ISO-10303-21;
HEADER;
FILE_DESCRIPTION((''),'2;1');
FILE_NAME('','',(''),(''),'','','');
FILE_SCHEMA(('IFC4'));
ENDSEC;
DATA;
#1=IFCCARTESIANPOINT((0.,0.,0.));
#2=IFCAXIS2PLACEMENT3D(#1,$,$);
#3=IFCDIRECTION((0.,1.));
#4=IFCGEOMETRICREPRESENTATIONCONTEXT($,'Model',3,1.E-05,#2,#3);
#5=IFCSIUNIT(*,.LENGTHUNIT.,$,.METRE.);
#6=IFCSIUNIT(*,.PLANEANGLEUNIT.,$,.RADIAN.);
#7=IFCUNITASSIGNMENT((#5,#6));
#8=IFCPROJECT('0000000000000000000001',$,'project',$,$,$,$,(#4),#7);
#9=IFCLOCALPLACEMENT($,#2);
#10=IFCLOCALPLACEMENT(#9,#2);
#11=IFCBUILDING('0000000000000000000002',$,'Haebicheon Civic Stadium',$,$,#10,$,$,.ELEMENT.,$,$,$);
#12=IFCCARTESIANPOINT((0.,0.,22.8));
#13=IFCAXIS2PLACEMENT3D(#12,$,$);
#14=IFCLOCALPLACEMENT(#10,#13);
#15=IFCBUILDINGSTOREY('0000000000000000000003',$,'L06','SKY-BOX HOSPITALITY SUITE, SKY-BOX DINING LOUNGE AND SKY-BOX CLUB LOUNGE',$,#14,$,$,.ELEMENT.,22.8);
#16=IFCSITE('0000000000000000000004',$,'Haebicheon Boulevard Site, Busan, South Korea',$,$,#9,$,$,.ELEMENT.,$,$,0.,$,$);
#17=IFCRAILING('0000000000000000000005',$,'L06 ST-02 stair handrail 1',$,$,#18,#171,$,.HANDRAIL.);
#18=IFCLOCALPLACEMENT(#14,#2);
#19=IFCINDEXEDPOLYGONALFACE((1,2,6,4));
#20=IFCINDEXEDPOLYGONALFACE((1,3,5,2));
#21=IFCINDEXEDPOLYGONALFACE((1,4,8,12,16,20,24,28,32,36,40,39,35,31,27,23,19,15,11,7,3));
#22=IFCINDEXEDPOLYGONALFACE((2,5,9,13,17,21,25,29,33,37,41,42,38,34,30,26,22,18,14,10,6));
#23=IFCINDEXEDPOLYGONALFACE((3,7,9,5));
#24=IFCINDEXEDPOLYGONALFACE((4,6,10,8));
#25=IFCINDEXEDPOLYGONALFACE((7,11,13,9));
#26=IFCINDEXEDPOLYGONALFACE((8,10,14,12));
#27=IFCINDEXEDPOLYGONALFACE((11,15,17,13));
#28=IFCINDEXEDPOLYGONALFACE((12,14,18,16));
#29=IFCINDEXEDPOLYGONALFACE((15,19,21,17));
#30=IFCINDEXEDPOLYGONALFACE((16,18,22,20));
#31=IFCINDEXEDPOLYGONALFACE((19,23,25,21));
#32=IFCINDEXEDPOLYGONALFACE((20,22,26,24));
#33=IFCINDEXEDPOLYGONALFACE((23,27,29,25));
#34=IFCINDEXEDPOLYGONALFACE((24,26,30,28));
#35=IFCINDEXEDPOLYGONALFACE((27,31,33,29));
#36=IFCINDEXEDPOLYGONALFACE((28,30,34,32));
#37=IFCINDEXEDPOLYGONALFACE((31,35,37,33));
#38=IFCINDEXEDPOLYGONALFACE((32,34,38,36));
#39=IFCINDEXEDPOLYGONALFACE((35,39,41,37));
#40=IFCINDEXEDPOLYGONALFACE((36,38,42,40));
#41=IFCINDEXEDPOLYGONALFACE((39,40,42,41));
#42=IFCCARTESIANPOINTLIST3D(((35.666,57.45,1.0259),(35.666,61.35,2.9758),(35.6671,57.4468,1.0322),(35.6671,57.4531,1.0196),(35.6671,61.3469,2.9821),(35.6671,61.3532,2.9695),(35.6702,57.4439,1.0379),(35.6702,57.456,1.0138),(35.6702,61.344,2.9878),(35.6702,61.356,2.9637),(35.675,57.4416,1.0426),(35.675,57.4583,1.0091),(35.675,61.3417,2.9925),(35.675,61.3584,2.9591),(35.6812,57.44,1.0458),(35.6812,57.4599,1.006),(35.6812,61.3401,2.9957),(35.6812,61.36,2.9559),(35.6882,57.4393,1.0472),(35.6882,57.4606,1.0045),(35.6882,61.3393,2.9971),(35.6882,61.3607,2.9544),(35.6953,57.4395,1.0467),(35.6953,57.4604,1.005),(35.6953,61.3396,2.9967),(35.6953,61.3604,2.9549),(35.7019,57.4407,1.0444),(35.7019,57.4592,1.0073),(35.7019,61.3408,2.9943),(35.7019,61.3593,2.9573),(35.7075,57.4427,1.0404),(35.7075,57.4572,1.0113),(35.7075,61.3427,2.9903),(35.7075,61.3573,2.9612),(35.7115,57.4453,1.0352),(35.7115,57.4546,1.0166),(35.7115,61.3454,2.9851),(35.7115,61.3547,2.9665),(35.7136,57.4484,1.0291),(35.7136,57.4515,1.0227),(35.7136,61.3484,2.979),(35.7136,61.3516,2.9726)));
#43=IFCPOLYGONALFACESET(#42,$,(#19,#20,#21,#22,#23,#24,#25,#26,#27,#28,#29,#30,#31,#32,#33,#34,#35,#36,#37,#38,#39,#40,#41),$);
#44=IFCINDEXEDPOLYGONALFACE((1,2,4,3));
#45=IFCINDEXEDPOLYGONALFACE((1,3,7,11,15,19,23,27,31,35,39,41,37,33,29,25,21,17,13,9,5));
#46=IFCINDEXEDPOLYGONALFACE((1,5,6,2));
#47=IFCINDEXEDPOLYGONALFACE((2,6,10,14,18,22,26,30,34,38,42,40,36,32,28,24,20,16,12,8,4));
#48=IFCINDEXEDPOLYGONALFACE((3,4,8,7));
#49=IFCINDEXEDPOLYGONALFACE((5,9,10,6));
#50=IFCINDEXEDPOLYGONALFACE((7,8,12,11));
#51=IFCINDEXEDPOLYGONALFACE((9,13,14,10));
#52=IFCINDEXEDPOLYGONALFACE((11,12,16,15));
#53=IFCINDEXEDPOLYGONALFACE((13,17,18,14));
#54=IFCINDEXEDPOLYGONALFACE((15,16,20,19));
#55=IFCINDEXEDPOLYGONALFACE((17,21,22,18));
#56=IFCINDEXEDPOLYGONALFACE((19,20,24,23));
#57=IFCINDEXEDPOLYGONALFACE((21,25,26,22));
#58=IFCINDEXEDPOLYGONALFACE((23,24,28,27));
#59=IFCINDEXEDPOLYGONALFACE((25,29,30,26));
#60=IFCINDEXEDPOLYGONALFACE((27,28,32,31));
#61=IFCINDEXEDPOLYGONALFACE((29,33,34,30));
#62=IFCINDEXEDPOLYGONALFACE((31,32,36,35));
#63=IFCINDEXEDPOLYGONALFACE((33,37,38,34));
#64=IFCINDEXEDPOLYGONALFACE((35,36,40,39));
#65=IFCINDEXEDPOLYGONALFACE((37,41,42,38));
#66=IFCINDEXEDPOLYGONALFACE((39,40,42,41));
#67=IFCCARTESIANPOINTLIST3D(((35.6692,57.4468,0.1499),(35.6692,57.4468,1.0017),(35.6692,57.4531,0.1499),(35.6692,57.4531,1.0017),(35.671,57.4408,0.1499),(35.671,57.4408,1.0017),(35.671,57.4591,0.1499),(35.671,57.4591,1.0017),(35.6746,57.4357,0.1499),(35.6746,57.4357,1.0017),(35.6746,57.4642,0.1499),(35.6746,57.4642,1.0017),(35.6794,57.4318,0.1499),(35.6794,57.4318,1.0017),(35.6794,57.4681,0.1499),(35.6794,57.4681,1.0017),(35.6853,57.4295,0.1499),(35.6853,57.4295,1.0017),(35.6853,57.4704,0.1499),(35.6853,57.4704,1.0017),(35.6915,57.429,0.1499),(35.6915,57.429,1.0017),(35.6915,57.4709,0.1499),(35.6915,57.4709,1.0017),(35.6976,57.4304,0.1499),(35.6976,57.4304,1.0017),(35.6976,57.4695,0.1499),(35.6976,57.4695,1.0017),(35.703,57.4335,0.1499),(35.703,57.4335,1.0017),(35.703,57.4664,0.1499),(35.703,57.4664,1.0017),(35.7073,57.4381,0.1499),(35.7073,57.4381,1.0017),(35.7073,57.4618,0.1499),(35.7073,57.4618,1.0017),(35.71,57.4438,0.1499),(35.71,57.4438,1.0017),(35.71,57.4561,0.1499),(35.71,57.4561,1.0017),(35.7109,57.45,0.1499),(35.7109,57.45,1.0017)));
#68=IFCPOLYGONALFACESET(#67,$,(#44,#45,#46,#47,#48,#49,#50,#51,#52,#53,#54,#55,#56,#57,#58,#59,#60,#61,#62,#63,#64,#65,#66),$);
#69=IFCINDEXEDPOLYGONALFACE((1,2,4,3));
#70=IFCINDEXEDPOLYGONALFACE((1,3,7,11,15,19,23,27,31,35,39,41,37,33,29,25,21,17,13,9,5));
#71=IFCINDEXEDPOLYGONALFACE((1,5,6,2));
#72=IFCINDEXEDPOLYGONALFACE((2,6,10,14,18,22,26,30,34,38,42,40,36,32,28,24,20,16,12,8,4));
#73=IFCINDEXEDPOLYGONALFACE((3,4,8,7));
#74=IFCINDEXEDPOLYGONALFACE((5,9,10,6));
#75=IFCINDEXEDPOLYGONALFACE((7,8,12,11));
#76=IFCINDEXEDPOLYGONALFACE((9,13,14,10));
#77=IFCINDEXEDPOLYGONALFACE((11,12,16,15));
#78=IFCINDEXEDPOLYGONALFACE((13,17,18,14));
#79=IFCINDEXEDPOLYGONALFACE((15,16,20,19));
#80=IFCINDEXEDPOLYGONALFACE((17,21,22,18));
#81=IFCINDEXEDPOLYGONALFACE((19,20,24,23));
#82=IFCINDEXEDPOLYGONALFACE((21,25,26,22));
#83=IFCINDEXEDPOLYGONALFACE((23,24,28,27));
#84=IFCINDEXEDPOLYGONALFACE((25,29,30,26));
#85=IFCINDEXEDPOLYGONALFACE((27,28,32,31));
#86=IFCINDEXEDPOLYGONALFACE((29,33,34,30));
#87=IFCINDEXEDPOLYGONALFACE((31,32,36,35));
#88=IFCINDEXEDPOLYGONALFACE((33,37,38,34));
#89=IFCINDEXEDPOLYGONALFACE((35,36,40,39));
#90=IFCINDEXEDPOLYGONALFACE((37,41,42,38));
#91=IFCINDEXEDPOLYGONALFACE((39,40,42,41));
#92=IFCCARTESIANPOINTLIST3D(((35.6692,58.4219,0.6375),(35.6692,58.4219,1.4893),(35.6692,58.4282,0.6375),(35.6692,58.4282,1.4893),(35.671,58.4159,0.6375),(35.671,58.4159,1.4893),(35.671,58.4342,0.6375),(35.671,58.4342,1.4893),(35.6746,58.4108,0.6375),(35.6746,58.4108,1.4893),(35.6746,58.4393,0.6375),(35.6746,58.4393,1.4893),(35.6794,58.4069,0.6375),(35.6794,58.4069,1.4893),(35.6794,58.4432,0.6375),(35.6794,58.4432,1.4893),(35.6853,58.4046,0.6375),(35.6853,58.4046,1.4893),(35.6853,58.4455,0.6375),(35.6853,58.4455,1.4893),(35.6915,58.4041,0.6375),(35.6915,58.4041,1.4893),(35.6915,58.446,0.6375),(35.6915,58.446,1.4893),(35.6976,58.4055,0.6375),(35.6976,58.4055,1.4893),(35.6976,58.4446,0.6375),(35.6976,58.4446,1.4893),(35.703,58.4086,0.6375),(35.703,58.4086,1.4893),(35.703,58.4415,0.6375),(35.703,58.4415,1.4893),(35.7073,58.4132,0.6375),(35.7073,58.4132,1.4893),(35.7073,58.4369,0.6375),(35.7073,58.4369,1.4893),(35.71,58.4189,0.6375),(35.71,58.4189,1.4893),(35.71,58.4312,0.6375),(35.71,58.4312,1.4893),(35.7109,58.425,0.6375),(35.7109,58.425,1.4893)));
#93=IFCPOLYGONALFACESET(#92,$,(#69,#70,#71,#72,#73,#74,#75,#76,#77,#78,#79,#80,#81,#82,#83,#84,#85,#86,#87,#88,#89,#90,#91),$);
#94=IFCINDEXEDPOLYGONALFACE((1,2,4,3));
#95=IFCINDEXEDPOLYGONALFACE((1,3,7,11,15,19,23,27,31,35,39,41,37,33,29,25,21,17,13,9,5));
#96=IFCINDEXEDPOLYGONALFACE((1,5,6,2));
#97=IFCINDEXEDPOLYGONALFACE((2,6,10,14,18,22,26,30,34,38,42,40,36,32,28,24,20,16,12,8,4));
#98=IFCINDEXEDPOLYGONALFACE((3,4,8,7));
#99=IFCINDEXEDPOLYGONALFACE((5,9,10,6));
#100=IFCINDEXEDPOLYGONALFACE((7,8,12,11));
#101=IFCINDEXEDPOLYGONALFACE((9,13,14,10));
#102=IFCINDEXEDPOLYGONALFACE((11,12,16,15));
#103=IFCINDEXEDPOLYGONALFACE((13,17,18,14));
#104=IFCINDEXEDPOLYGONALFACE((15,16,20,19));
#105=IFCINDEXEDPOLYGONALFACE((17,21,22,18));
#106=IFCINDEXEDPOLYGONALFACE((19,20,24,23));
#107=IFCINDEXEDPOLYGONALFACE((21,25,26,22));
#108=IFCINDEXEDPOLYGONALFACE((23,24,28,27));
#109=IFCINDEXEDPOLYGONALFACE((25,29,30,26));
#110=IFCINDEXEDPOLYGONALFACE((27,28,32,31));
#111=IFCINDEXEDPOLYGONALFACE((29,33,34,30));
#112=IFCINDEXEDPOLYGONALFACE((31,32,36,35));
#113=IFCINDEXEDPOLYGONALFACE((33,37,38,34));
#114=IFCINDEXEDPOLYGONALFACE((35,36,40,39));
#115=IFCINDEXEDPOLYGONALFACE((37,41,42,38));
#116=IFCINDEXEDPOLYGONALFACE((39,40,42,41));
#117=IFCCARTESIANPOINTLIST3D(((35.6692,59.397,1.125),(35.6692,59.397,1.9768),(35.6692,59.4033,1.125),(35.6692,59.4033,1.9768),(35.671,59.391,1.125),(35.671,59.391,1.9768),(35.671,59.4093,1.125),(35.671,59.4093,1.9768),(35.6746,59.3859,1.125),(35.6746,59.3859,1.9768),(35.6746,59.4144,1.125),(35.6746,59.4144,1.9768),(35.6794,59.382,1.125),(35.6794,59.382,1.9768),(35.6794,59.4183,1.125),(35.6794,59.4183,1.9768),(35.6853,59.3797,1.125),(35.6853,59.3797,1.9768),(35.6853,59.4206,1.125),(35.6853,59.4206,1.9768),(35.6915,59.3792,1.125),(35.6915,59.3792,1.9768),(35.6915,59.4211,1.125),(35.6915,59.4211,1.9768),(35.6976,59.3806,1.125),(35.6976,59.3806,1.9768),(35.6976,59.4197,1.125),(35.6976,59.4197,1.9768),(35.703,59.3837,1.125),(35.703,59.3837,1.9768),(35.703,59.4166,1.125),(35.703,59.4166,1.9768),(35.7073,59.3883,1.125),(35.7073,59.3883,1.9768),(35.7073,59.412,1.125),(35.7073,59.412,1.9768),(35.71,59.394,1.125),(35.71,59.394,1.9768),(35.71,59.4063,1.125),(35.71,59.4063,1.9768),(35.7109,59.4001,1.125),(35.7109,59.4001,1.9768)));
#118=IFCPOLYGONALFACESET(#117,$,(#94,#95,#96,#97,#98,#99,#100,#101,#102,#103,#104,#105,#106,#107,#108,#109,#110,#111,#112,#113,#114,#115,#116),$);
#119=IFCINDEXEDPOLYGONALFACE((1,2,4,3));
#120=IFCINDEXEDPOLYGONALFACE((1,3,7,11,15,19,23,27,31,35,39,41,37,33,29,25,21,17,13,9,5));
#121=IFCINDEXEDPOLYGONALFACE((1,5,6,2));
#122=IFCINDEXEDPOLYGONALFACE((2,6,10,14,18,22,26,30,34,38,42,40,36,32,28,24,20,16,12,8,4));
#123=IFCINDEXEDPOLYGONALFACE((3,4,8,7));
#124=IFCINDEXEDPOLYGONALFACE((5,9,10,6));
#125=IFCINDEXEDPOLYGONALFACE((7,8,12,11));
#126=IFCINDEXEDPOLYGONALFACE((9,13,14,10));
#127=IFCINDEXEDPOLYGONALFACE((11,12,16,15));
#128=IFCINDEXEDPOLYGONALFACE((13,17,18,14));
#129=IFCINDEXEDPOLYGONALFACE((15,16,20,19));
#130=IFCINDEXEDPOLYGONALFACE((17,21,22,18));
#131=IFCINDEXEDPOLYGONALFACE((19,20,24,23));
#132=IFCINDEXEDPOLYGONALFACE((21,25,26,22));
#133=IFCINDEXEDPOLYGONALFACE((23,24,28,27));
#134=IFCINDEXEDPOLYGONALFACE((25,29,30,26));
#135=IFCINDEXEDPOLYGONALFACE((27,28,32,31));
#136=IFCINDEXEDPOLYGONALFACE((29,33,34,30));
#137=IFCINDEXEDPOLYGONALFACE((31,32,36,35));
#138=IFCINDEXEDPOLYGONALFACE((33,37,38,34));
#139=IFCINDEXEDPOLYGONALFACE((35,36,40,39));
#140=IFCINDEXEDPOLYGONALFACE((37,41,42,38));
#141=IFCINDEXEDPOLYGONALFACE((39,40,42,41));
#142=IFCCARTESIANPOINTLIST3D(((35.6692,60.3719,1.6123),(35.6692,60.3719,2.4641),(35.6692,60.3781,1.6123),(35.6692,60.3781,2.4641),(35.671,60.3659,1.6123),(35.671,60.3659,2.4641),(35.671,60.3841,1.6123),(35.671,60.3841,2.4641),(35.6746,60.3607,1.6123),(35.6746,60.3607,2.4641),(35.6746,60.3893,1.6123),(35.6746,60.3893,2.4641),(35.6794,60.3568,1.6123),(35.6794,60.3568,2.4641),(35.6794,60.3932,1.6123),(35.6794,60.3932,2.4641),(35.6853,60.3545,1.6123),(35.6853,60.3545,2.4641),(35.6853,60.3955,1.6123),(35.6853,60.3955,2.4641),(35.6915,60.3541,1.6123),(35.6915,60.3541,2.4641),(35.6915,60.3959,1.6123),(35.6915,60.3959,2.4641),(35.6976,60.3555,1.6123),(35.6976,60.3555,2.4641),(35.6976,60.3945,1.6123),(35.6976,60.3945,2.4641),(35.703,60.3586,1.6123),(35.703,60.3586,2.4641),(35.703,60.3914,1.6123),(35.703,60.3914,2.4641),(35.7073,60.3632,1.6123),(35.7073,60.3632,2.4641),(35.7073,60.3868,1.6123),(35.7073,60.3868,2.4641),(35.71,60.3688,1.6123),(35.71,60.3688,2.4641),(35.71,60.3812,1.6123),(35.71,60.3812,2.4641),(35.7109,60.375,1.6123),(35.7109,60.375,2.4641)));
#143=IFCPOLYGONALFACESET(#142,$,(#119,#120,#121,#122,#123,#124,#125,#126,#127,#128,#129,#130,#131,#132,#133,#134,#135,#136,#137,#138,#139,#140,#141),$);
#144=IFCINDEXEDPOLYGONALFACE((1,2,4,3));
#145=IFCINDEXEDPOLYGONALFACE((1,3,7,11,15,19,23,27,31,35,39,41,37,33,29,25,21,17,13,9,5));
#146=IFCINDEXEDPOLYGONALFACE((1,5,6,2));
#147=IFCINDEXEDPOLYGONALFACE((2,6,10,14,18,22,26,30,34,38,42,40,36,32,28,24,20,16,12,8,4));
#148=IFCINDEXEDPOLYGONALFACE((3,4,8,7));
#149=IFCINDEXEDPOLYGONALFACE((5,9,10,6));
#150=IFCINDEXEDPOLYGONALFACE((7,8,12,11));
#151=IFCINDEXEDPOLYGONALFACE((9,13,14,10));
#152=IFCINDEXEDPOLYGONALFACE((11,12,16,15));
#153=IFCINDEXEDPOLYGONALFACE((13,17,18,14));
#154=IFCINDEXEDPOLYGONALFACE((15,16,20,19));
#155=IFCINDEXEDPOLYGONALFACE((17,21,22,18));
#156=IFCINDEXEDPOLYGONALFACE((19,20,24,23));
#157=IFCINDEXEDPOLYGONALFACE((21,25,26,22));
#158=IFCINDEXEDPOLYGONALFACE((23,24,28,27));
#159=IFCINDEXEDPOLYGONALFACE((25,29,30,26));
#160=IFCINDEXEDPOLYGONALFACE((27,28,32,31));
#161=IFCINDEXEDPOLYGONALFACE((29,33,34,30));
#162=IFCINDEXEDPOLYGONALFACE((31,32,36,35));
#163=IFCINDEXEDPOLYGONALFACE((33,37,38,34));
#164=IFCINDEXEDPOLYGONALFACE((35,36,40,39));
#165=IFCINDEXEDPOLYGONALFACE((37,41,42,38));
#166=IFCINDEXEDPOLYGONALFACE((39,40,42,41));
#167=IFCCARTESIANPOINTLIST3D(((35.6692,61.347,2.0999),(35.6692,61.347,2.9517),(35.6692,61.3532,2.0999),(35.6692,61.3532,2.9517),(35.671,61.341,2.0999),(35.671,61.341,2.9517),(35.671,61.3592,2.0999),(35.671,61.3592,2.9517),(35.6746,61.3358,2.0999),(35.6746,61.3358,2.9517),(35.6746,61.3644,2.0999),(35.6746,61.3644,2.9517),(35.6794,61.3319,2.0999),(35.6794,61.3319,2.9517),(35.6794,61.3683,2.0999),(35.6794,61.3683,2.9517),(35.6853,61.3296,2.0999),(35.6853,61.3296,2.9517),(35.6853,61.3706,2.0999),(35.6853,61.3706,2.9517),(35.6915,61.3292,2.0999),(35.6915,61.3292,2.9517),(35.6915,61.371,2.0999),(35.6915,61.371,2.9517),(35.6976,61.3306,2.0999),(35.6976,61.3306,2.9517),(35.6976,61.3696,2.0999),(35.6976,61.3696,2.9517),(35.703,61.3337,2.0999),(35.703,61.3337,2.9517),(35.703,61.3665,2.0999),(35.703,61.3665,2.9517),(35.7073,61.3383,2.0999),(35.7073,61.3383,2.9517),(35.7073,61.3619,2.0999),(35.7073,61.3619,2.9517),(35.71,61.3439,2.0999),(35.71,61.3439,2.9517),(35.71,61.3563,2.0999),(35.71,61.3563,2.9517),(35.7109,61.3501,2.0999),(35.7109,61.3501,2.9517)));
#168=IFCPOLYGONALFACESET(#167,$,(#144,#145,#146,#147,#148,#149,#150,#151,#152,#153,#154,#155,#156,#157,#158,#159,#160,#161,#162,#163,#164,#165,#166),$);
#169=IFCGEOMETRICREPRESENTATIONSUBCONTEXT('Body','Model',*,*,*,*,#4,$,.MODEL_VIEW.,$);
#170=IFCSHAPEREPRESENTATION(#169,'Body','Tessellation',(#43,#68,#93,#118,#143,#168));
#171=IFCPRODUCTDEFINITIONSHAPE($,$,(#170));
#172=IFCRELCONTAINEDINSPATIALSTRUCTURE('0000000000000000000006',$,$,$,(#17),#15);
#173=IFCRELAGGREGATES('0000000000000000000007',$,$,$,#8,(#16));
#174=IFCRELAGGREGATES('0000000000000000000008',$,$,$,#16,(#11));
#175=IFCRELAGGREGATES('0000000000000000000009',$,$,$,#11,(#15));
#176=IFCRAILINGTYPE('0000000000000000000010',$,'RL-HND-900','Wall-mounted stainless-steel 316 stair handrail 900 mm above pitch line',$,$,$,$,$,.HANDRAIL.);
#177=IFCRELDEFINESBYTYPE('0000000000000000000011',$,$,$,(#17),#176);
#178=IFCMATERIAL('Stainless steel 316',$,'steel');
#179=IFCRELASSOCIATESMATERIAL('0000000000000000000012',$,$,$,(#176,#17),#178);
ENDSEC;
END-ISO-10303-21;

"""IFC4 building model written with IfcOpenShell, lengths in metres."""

from ifc_helpers import new_model, si_unit, direction, frame, origin, origin_2d, place, context, subcontext, project, spatial, circle, extrude, material, type_object, element, save


model = new_model("IFC4")

# Units and contexts
model_context = context("Model", 3, precision=1e-05, world=origin(), true_north=direction((0.0, 1.0)))
body_context = subcontext(model_context, "Body", "Model", "MODEL_VIEW")
ifc_project = project(units=[si_unit("LENGTHUNIT", "METRE"), si_unit("PLANEANGLEUNIT", "RADIAN")], contexts=[model_context])

# Site, building, storey
site_placement = place(None, origin())
site = spatial("IfcSite", under=ifc_project, at=site_placement, Name="Haebicheon Boulevard Site, Busan, South Korea", CompositionType="ELEMENT", RefElevation=0.0)
building_placement = place(site_placement, origin())
building = spatial("IfcBuilding", under=site, at=building_placement, Name="Haebicheon Civic Stadium", CompositionType="ELEMENT")
storey_placement = place(building_placement, frame((0.0, 0.0, 22.8)))
storey = spatial("IfcBuildingStorey", under=building, at=storey_placement, Name="L06", Description="SKY-BOX HOSPITALITY SUITE, SKY-BOX DINING LOUNGE AND SKY-BOX CLUB LOUNGE", CompositionType="ELEMENT", Elevation=22.8)

# Railing
ifc_material_1 = material(Name="Stainless steel 316", Category="steel")
railing_type_1 = type_object("IfcRailingType", Name="RL-HND-900", Description="Wall-mounted stainless-steel 316 stair handrail 900 mm above pitch line", PredefinedType="HANDRAIL", material=ifc_material_1)
railing_1_placement = place(storey_placement, frame((35.6899, 57.45, 0.1499)))
element("IfcRailing", 1, at=railing_1_placement, inside=storey, type_object=railing_type_1, material=ifc_material_1, Name="L06 ST-02 stair handrail 1", PredefinedType="HANDRAIL", context=body_context, shape_type="SweptSolid", body=[
    extrude(circle(Radius=0.0239, at=origin_2d()), frame((0.0, 0.0, 0.876), z_axis=(0.0, 0.894438, 0.447191), x_axis=(-1.0, 0.0, 0.0)), (0.0, 0.0, 1.0), 4.3604),
    extrude(circle(Radius=0.021, at=origin_2d()), origin(), (0.0, 0.0, 1.0), 0.8518),
    extrude(circle(Radius=0.021, at=origin_2d()), frame((0.0, 0.9751, 0.4875)), (0.0, 0.0, 1.0), 0.8518),
    extrude(circle(Radius=0.021, at=origin_2d()), frame((0.0, 1.9502, 0.9751)), (0.0, 0.0, 1.0), 0.8518),
    extrude(circle(Radius=0.021, at=origin_2d()), frame((0.0, 2.925, 1.4624)), (0.0, 0.0, 1.0), 0.8518),
    extrude(circle(Radius=0.021, at=origin_2d()), frame((0.0, 3.9001, 1.95)), (0.0, 0.0, 1.0), 0.8518),
])

save(model, "model.ifc")
